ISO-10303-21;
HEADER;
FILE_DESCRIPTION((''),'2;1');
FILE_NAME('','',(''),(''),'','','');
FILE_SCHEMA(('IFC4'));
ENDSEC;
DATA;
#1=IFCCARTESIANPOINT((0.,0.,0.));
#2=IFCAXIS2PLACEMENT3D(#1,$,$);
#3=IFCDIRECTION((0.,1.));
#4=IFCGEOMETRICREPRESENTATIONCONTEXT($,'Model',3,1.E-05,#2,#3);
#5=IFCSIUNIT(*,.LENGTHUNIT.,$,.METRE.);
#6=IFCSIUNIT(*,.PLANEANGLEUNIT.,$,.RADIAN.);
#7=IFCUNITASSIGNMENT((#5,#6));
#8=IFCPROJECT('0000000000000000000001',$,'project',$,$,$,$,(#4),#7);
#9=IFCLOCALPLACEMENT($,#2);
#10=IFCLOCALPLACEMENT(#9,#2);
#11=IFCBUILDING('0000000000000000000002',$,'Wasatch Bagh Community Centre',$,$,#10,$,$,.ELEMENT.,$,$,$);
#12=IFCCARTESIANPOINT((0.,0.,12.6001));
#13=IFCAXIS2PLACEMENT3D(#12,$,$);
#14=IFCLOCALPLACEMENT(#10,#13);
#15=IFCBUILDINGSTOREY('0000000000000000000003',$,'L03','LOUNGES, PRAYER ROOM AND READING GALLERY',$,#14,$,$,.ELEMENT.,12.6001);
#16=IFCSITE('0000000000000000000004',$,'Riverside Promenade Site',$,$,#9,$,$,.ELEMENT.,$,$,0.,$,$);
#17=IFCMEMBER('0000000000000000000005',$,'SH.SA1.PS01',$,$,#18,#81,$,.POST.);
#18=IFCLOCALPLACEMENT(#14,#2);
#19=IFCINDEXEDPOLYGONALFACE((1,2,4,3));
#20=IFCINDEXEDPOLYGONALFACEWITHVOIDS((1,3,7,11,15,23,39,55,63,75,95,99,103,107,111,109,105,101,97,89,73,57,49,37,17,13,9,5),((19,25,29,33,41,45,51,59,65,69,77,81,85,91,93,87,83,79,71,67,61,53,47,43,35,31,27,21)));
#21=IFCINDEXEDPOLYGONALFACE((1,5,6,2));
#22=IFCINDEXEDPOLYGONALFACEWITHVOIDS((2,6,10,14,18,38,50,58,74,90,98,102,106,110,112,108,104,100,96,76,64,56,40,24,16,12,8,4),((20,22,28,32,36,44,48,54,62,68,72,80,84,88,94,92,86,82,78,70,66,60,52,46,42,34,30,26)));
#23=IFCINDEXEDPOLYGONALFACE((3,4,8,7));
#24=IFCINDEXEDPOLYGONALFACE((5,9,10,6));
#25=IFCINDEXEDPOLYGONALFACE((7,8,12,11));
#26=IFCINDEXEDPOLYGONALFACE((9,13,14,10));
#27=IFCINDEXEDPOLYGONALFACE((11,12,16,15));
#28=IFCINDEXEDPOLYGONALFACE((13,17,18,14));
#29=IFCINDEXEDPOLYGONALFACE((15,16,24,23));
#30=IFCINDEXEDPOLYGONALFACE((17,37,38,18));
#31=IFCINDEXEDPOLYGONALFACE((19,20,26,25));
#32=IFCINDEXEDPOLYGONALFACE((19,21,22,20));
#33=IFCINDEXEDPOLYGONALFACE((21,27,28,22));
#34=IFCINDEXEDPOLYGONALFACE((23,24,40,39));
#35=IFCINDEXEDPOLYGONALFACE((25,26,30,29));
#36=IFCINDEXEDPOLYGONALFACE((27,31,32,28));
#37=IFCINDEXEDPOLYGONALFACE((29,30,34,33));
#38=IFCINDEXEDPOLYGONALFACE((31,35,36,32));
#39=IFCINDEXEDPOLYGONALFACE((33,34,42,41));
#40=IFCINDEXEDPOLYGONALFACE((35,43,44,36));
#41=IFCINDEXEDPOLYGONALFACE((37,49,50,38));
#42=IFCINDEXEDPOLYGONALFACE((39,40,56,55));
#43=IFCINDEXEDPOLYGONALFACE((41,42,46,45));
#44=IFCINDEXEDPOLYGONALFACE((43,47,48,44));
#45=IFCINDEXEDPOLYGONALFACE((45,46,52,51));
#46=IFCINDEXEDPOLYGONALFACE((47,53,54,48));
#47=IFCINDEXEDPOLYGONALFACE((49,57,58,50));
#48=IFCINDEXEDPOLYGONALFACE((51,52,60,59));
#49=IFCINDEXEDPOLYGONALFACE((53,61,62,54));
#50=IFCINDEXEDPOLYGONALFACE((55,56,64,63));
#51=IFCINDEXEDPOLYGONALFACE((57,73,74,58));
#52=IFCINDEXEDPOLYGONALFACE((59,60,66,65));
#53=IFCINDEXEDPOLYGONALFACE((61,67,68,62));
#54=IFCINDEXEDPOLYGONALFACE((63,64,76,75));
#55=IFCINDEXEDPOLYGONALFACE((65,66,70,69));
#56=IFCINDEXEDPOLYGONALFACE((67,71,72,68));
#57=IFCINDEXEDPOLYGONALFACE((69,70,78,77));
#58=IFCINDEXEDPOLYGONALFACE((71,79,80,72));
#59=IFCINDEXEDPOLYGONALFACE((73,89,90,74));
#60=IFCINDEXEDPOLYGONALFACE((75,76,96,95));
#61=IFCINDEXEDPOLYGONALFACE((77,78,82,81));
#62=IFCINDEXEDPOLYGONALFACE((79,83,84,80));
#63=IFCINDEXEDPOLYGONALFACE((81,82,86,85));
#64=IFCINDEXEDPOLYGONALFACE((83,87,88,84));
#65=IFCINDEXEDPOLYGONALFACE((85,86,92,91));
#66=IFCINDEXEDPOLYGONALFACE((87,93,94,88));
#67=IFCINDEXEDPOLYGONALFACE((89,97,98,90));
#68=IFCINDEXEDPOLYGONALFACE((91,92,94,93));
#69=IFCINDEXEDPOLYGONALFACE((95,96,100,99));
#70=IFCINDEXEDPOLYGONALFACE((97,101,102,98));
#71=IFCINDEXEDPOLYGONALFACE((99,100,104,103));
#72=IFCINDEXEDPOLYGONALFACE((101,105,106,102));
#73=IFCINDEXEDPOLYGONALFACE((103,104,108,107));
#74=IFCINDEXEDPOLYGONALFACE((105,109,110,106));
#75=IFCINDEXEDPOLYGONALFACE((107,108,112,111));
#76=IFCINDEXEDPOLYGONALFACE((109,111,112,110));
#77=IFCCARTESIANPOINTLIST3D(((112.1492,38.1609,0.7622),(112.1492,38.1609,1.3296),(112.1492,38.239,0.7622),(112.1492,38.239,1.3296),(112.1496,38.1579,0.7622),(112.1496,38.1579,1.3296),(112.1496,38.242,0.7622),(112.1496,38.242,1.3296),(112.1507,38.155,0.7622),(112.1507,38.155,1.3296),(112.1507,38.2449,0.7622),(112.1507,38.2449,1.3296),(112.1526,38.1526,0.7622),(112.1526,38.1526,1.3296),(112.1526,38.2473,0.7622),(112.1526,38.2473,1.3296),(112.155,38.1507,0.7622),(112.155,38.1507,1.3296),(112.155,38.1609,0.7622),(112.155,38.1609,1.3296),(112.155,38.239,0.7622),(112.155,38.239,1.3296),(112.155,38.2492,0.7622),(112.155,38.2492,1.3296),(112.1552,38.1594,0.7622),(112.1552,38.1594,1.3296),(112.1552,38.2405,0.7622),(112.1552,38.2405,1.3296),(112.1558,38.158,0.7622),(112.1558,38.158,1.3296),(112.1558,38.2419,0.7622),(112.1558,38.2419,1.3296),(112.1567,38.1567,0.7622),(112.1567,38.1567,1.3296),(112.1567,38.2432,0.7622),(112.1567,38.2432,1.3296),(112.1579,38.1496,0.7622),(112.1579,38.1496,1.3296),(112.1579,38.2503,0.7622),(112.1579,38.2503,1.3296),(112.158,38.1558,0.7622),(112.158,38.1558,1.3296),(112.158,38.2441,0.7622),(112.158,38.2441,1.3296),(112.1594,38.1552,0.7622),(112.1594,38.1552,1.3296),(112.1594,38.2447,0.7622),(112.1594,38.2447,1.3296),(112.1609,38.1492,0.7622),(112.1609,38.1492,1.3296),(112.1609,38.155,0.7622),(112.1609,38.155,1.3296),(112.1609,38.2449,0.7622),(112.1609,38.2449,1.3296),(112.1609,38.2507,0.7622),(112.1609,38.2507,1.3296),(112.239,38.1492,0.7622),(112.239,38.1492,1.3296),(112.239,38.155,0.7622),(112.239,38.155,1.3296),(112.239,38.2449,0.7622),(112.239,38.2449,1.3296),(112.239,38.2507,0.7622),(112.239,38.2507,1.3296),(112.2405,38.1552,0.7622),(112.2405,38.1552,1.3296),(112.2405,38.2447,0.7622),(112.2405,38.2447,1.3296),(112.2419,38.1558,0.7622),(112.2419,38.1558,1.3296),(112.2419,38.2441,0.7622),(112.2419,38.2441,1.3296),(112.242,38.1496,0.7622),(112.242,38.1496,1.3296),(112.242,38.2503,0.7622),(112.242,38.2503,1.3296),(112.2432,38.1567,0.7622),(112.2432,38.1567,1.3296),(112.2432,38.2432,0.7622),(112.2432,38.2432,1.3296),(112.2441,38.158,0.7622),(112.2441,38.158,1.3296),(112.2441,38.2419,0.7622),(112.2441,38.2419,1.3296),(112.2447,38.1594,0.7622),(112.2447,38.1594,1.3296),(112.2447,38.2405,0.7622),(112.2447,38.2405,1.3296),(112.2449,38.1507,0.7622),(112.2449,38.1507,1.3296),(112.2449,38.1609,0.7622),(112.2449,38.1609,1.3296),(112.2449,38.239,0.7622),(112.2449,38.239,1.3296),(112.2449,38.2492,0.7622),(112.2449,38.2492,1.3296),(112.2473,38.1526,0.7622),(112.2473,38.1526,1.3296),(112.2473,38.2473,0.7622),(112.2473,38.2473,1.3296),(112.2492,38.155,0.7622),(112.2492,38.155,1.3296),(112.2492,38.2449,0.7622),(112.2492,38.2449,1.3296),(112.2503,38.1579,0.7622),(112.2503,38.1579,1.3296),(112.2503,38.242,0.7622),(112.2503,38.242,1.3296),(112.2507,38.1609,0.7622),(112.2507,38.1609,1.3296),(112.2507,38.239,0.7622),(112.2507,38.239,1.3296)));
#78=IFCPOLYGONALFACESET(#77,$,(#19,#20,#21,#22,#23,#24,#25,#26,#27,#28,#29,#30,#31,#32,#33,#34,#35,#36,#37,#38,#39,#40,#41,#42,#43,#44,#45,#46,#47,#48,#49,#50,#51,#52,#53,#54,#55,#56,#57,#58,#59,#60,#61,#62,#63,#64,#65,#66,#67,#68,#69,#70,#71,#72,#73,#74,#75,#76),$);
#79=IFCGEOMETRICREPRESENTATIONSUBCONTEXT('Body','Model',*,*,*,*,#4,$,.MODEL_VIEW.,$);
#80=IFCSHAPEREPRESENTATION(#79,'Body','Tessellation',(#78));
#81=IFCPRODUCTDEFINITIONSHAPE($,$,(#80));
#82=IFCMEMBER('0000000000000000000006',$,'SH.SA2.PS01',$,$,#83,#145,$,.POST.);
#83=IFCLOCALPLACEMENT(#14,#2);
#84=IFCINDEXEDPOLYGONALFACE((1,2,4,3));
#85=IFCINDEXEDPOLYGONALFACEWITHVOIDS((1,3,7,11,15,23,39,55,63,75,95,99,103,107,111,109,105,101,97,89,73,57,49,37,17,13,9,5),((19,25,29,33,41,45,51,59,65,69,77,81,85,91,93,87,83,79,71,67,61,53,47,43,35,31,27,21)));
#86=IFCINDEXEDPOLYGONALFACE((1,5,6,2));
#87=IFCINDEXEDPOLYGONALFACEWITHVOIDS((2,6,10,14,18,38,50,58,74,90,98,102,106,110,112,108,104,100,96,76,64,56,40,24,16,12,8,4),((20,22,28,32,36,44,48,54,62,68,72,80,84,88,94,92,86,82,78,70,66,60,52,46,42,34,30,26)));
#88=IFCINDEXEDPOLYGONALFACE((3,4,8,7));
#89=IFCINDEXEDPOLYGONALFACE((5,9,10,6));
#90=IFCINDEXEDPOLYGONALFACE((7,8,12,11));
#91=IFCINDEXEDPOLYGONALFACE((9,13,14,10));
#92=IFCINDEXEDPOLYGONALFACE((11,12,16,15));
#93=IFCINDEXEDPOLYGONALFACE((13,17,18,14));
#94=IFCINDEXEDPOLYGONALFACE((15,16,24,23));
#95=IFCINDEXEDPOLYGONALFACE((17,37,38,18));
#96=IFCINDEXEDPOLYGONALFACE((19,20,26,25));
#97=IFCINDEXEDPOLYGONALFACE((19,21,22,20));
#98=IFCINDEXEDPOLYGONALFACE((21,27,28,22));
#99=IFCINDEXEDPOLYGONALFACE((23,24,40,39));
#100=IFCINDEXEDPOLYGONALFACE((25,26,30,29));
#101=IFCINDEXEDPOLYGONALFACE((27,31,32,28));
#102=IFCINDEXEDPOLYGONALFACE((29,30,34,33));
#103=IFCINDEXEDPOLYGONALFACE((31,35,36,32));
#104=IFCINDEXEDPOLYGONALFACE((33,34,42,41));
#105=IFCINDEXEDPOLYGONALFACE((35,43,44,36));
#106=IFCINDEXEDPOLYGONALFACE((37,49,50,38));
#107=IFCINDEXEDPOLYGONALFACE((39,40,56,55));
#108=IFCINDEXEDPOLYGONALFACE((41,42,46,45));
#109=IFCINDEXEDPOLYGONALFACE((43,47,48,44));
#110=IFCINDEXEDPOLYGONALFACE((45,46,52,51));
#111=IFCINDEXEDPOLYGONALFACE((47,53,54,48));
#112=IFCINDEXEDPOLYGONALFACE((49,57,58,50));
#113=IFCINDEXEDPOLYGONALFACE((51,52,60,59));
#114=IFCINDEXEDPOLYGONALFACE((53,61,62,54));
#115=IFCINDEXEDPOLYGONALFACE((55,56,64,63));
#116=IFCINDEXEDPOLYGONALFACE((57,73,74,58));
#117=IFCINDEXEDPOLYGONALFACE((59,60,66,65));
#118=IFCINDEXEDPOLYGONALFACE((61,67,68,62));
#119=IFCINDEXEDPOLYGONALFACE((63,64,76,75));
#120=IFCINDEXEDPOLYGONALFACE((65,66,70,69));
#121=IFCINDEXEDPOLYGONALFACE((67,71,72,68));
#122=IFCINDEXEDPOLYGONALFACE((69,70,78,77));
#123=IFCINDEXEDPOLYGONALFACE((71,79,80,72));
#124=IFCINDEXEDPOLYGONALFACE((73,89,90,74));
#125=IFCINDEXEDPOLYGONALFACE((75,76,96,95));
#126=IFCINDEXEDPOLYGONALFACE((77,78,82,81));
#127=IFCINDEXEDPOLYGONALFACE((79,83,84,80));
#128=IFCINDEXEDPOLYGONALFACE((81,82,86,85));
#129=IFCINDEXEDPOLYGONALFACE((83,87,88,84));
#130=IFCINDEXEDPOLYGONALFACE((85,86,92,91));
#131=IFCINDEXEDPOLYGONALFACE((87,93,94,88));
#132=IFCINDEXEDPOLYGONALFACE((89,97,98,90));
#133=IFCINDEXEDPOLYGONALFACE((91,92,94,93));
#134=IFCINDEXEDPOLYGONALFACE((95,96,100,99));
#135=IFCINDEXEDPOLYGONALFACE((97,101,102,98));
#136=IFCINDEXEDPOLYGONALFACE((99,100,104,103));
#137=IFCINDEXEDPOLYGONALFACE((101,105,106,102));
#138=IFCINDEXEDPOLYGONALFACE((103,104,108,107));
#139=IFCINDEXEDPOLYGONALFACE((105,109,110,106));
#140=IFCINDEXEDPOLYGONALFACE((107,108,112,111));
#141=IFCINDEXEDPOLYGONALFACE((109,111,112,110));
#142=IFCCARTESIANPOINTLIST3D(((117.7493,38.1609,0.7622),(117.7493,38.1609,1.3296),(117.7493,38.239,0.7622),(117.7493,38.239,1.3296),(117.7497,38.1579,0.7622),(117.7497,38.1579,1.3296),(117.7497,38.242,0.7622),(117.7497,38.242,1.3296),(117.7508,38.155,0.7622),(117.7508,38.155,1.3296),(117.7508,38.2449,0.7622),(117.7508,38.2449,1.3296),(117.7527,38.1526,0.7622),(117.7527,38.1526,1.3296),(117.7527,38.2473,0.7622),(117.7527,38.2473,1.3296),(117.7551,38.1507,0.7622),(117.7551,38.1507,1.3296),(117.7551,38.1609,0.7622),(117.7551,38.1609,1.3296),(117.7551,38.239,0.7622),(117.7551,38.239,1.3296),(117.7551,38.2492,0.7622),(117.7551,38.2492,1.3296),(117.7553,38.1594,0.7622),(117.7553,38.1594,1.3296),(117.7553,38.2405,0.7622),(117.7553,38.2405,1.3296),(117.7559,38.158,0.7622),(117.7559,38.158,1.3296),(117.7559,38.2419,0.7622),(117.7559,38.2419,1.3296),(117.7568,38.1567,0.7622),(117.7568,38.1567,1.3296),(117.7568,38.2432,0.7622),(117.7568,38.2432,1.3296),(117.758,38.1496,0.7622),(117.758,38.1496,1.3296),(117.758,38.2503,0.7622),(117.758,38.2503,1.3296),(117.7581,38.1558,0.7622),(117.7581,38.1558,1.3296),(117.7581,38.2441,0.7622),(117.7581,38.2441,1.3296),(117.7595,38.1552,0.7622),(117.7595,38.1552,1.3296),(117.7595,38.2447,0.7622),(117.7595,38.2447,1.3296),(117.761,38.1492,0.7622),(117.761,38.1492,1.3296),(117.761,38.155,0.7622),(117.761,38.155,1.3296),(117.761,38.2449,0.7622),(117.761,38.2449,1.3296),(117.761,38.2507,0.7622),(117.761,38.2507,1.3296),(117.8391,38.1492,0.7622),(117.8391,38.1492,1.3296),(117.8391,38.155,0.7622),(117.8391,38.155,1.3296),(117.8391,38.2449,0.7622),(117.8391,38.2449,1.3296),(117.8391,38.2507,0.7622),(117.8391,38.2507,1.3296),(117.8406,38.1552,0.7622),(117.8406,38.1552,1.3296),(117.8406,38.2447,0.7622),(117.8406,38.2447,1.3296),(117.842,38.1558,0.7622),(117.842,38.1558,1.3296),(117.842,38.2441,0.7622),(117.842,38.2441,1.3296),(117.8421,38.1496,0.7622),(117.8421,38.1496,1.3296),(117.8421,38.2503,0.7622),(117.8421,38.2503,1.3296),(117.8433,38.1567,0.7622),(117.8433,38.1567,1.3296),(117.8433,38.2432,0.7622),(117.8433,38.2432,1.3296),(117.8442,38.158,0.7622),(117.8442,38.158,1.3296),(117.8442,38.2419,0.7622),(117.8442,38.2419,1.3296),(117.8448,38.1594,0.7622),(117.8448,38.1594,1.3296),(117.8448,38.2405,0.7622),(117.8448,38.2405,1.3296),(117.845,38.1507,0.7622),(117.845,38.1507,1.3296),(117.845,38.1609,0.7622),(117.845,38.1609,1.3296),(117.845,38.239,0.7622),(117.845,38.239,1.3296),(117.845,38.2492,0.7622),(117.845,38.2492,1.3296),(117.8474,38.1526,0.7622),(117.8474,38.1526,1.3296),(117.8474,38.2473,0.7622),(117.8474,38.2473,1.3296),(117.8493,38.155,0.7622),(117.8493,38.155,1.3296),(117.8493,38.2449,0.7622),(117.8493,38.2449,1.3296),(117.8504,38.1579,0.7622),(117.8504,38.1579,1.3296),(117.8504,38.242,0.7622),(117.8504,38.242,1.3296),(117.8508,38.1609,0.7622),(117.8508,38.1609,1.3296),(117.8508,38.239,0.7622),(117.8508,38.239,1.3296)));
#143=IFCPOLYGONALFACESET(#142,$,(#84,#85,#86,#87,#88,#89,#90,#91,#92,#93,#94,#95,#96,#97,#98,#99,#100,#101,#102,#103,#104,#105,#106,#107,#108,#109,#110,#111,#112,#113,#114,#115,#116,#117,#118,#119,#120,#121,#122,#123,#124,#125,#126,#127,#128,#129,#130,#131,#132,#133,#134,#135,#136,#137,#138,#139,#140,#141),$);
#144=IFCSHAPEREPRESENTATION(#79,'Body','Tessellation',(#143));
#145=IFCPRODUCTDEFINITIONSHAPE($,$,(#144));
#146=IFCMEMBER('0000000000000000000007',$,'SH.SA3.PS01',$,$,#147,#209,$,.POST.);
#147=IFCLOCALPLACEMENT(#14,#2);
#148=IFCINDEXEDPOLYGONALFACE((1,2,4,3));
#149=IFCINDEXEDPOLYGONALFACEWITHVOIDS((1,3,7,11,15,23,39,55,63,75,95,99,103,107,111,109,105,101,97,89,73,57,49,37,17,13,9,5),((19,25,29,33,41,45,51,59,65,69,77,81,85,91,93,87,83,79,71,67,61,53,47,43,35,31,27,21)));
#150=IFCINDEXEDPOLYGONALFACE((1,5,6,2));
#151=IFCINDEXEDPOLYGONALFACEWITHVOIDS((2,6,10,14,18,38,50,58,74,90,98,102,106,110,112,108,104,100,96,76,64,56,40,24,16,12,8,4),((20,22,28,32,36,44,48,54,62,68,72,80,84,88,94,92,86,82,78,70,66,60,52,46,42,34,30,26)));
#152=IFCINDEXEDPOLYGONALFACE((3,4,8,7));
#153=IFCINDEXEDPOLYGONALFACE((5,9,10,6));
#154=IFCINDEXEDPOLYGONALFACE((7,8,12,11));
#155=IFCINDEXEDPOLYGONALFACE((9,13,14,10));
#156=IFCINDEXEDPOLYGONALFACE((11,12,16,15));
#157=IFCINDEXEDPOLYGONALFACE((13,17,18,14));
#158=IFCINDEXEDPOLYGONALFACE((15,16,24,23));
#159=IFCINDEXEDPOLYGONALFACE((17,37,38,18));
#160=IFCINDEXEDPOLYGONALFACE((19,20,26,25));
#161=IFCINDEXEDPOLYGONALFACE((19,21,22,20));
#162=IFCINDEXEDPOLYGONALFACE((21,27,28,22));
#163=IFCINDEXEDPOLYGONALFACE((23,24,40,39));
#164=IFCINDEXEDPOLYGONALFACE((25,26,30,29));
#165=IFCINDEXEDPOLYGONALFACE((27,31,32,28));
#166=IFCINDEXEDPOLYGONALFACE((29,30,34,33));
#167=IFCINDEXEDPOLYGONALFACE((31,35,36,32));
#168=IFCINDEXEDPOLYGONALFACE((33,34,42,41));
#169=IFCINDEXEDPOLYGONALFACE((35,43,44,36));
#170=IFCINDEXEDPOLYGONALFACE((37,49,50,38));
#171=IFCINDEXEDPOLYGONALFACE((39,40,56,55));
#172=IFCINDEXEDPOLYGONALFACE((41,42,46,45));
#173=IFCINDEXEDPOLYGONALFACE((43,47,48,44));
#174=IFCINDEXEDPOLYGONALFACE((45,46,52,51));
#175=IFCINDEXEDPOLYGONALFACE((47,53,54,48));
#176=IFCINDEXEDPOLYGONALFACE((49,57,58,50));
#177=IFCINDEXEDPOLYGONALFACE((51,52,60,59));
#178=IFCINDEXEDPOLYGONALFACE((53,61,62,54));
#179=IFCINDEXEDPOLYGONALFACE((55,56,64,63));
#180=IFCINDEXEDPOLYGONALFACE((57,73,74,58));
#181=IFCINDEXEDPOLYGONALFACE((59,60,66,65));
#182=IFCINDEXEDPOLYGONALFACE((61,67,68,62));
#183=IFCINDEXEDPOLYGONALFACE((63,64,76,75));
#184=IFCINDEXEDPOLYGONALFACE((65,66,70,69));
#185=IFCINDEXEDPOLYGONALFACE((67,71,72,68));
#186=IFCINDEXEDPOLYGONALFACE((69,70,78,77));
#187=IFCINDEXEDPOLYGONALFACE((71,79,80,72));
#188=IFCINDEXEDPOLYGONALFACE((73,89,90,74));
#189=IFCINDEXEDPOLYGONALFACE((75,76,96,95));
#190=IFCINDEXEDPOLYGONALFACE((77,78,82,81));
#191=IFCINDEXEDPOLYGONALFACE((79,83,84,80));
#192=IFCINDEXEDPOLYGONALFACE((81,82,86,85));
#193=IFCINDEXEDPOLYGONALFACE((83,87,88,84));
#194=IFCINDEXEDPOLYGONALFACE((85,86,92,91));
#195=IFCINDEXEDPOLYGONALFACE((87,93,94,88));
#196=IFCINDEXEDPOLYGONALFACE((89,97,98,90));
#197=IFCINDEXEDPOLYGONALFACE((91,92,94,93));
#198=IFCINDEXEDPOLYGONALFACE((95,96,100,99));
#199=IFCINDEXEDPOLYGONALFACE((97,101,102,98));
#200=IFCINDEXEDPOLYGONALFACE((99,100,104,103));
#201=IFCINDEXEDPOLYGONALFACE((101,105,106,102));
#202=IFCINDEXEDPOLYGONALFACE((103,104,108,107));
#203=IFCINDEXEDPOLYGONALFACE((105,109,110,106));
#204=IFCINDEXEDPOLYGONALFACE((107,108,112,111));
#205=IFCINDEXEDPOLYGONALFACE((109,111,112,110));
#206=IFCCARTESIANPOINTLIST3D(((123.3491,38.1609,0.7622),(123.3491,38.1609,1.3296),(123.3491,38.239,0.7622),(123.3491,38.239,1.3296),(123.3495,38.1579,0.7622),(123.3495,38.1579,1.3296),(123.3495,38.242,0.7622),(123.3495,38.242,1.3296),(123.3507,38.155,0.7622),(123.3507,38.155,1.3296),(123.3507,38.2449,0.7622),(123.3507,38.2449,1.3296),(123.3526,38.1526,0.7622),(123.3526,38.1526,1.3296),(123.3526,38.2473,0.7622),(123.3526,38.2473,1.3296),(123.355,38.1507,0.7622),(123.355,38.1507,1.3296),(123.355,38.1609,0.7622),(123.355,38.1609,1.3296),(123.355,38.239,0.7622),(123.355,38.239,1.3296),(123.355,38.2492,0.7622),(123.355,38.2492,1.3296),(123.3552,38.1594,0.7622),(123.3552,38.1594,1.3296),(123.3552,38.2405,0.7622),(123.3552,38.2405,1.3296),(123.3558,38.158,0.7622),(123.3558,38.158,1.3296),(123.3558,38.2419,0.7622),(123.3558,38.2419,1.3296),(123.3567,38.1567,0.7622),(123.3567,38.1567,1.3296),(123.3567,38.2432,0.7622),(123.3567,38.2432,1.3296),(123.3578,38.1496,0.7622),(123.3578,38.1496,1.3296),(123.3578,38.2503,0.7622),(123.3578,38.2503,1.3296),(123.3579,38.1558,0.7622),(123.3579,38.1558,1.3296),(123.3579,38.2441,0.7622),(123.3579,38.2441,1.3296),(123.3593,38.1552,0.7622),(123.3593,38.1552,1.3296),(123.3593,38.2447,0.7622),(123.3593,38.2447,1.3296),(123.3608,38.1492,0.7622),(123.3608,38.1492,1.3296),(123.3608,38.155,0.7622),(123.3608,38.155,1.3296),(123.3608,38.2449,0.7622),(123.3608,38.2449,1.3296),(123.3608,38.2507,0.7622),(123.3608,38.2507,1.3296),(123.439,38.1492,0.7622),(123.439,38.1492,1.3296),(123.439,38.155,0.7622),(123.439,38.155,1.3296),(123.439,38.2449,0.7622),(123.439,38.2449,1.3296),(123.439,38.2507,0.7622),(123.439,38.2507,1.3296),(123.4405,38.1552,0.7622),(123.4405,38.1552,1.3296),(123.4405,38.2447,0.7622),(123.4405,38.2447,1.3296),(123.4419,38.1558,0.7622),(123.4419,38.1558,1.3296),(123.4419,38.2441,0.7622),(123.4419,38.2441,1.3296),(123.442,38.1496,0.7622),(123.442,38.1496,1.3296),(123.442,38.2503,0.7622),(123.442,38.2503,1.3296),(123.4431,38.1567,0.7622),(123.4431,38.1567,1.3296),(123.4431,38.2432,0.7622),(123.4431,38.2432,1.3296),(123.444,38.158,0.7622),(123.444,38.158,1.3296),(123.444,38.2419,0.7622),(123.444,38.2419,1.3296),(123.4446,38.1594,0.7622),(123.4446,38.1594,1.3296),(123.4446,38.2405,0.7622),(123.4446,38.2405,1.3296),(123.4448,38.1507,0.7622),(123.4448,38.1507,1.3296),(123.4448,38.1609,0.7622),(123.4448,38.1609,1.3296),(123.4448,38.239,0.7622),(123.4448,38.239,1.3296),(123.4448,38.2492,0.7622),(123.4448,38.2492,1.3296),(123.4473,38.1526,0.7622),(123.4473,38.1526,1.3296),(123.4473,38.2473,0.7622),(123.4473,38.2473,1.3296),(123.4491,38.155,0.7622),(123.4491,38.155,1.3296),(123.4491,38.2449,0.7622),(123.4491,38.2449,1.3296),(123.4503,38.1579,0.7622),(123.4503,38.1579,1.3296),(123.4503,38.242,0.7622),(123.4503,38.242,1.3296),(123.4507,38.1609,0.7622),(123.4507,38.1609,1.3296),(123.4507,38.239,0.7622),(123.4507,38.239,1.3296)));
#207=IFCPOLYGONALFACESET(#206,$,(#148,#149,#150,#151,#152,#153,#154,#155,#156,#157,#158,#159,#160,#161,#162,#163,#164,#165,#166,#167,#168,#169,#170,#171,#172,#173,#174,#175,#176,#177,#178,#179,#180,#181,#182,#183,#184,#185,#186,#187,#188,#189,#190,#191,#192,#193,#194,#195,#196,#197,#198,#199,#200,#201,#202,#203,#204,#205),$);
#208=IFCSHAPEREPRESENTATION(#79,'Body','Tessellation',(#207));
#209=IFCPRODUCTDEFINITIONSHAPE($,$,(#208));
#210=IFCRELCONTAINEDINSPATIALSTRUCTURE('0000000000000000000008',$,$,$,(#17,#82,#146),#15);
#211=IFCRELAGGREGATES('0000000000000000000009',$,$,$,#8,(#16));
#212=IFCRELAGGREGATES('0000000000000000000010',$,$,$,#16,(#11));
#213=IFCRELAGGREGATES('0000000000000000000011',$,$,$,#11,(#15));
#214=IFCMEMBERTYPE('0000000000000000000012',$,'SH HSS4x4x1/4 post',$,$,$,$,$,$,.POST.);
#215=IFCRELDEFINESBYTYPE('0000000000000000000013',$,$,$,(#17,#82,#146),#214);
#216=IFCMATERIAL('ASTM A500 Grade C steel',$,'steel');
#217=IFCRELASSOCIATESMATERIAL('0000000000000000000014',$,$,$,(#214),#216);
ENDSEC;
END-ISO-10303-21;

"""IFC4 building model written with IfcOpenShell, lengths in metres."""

from ifc_helpers import new_model, si_unit, direction, frame, origin, origin_2d, place, context, subcontext, project, spatial, hollow_rectangle, extrude, material, material_profile, profile_set, type_object, element, save


model = new_model("IFC4")

# Units and contexts
model_context = context("Model", 3, precision=1e-05, world=origin(), true_north=direction((0.0, 1.0)))
body_context = subcontext(model_context, "Body", "Model", "MODEL_VIEW")
ifc_project = project(units=[si_unit("LENGTHUNIT", "METRE"), si_unit("PLANEANGLEUNIT", "RADIAN")], contexts=[model_context])

# Site, building, storey
site_placement = place(None, origin())
site = spatial("IfcSite", under=ifc_project, at=site_placement, Name="Riverside Promenade Site", CompositionType="ELEMENT", RefElevation=0.0)
building_placement = place(site_placement, origin())
building = spatial("IfcBuilding", under=site, at=building_placement, Name="Wasatch Bagh Community Centre", CompositionType="ELEMENT")
storey_placement = place(building_placement, frame((0.0, 0.0, 12.6001)))
storey = spatial("IfcBuildingStorey", under=building, at=storey_placement, Name="L03", Description="LOUNGES, PRAYER ROOM AND READING GALLERY", CompositionType="ELEMENT", Elevation=12.6001)

# Members
ifc_material_1 = material(Name="ASTM A500 Grade C steel", Category="steel")
ifc_material_profile_1 = material_profile(ifc_material_1, hollow_rectangle(XDim=0.1016, YDim=0.1016, WallThickness=0.0059, InnerFilletRadius=0.0059, OuterFilletRadius=0.0117, at=origin_2d()), Name="HSS4x4x1/4")
ifc_profile_set_1 = profile_set([ifc_material_profile_1], Name="ASTM A500 Grade C steel")
member_type_1 = type_object("IfcMemberType", Name="SH HSS4x4x1/4 post", PredefinedType="POST", material=ifc_profile_set_1)
for number, where, z_axis, x_axis, name in (
    (1, (112.2, 38.2, 0.7622), (0.0, 0.0, 1.0), (1.0, 0.0, 0.0), "SH.SA1.PS01"),
    (2, (117.8, 38.2, 0.7622), (0.0, 0.0, 1.0), (1.0, 0.0, 0.0), "SH.SA2.PS01"),
    (3, (123.3999, 38.2, 0.7622), (0.0, 0.0, 1.0), (1.0, 0.0, 0.0), "SH.SA3.PS01"),
):
    element("IfcMember", number, at=place(storey_placement, frame(where, z_axis=z_axis, x_axis=x_axis)), inside=storey, type_object=member_type_1, Name=name, PredefinedType="POST", context=body_context, shape_type="SweptSolid", body=[
        extrude(hollow_rectangle(XDim=0.1016, YDim=0.1016, WallThickness=0.0059, InnerFilletRadius=0.0059, OuterFilletRadius=0.0117, at=origin_2d()), origin(), (0.0, 0.0, 1.0), 0.5674),
    ])

save(model, "model.ifc")
